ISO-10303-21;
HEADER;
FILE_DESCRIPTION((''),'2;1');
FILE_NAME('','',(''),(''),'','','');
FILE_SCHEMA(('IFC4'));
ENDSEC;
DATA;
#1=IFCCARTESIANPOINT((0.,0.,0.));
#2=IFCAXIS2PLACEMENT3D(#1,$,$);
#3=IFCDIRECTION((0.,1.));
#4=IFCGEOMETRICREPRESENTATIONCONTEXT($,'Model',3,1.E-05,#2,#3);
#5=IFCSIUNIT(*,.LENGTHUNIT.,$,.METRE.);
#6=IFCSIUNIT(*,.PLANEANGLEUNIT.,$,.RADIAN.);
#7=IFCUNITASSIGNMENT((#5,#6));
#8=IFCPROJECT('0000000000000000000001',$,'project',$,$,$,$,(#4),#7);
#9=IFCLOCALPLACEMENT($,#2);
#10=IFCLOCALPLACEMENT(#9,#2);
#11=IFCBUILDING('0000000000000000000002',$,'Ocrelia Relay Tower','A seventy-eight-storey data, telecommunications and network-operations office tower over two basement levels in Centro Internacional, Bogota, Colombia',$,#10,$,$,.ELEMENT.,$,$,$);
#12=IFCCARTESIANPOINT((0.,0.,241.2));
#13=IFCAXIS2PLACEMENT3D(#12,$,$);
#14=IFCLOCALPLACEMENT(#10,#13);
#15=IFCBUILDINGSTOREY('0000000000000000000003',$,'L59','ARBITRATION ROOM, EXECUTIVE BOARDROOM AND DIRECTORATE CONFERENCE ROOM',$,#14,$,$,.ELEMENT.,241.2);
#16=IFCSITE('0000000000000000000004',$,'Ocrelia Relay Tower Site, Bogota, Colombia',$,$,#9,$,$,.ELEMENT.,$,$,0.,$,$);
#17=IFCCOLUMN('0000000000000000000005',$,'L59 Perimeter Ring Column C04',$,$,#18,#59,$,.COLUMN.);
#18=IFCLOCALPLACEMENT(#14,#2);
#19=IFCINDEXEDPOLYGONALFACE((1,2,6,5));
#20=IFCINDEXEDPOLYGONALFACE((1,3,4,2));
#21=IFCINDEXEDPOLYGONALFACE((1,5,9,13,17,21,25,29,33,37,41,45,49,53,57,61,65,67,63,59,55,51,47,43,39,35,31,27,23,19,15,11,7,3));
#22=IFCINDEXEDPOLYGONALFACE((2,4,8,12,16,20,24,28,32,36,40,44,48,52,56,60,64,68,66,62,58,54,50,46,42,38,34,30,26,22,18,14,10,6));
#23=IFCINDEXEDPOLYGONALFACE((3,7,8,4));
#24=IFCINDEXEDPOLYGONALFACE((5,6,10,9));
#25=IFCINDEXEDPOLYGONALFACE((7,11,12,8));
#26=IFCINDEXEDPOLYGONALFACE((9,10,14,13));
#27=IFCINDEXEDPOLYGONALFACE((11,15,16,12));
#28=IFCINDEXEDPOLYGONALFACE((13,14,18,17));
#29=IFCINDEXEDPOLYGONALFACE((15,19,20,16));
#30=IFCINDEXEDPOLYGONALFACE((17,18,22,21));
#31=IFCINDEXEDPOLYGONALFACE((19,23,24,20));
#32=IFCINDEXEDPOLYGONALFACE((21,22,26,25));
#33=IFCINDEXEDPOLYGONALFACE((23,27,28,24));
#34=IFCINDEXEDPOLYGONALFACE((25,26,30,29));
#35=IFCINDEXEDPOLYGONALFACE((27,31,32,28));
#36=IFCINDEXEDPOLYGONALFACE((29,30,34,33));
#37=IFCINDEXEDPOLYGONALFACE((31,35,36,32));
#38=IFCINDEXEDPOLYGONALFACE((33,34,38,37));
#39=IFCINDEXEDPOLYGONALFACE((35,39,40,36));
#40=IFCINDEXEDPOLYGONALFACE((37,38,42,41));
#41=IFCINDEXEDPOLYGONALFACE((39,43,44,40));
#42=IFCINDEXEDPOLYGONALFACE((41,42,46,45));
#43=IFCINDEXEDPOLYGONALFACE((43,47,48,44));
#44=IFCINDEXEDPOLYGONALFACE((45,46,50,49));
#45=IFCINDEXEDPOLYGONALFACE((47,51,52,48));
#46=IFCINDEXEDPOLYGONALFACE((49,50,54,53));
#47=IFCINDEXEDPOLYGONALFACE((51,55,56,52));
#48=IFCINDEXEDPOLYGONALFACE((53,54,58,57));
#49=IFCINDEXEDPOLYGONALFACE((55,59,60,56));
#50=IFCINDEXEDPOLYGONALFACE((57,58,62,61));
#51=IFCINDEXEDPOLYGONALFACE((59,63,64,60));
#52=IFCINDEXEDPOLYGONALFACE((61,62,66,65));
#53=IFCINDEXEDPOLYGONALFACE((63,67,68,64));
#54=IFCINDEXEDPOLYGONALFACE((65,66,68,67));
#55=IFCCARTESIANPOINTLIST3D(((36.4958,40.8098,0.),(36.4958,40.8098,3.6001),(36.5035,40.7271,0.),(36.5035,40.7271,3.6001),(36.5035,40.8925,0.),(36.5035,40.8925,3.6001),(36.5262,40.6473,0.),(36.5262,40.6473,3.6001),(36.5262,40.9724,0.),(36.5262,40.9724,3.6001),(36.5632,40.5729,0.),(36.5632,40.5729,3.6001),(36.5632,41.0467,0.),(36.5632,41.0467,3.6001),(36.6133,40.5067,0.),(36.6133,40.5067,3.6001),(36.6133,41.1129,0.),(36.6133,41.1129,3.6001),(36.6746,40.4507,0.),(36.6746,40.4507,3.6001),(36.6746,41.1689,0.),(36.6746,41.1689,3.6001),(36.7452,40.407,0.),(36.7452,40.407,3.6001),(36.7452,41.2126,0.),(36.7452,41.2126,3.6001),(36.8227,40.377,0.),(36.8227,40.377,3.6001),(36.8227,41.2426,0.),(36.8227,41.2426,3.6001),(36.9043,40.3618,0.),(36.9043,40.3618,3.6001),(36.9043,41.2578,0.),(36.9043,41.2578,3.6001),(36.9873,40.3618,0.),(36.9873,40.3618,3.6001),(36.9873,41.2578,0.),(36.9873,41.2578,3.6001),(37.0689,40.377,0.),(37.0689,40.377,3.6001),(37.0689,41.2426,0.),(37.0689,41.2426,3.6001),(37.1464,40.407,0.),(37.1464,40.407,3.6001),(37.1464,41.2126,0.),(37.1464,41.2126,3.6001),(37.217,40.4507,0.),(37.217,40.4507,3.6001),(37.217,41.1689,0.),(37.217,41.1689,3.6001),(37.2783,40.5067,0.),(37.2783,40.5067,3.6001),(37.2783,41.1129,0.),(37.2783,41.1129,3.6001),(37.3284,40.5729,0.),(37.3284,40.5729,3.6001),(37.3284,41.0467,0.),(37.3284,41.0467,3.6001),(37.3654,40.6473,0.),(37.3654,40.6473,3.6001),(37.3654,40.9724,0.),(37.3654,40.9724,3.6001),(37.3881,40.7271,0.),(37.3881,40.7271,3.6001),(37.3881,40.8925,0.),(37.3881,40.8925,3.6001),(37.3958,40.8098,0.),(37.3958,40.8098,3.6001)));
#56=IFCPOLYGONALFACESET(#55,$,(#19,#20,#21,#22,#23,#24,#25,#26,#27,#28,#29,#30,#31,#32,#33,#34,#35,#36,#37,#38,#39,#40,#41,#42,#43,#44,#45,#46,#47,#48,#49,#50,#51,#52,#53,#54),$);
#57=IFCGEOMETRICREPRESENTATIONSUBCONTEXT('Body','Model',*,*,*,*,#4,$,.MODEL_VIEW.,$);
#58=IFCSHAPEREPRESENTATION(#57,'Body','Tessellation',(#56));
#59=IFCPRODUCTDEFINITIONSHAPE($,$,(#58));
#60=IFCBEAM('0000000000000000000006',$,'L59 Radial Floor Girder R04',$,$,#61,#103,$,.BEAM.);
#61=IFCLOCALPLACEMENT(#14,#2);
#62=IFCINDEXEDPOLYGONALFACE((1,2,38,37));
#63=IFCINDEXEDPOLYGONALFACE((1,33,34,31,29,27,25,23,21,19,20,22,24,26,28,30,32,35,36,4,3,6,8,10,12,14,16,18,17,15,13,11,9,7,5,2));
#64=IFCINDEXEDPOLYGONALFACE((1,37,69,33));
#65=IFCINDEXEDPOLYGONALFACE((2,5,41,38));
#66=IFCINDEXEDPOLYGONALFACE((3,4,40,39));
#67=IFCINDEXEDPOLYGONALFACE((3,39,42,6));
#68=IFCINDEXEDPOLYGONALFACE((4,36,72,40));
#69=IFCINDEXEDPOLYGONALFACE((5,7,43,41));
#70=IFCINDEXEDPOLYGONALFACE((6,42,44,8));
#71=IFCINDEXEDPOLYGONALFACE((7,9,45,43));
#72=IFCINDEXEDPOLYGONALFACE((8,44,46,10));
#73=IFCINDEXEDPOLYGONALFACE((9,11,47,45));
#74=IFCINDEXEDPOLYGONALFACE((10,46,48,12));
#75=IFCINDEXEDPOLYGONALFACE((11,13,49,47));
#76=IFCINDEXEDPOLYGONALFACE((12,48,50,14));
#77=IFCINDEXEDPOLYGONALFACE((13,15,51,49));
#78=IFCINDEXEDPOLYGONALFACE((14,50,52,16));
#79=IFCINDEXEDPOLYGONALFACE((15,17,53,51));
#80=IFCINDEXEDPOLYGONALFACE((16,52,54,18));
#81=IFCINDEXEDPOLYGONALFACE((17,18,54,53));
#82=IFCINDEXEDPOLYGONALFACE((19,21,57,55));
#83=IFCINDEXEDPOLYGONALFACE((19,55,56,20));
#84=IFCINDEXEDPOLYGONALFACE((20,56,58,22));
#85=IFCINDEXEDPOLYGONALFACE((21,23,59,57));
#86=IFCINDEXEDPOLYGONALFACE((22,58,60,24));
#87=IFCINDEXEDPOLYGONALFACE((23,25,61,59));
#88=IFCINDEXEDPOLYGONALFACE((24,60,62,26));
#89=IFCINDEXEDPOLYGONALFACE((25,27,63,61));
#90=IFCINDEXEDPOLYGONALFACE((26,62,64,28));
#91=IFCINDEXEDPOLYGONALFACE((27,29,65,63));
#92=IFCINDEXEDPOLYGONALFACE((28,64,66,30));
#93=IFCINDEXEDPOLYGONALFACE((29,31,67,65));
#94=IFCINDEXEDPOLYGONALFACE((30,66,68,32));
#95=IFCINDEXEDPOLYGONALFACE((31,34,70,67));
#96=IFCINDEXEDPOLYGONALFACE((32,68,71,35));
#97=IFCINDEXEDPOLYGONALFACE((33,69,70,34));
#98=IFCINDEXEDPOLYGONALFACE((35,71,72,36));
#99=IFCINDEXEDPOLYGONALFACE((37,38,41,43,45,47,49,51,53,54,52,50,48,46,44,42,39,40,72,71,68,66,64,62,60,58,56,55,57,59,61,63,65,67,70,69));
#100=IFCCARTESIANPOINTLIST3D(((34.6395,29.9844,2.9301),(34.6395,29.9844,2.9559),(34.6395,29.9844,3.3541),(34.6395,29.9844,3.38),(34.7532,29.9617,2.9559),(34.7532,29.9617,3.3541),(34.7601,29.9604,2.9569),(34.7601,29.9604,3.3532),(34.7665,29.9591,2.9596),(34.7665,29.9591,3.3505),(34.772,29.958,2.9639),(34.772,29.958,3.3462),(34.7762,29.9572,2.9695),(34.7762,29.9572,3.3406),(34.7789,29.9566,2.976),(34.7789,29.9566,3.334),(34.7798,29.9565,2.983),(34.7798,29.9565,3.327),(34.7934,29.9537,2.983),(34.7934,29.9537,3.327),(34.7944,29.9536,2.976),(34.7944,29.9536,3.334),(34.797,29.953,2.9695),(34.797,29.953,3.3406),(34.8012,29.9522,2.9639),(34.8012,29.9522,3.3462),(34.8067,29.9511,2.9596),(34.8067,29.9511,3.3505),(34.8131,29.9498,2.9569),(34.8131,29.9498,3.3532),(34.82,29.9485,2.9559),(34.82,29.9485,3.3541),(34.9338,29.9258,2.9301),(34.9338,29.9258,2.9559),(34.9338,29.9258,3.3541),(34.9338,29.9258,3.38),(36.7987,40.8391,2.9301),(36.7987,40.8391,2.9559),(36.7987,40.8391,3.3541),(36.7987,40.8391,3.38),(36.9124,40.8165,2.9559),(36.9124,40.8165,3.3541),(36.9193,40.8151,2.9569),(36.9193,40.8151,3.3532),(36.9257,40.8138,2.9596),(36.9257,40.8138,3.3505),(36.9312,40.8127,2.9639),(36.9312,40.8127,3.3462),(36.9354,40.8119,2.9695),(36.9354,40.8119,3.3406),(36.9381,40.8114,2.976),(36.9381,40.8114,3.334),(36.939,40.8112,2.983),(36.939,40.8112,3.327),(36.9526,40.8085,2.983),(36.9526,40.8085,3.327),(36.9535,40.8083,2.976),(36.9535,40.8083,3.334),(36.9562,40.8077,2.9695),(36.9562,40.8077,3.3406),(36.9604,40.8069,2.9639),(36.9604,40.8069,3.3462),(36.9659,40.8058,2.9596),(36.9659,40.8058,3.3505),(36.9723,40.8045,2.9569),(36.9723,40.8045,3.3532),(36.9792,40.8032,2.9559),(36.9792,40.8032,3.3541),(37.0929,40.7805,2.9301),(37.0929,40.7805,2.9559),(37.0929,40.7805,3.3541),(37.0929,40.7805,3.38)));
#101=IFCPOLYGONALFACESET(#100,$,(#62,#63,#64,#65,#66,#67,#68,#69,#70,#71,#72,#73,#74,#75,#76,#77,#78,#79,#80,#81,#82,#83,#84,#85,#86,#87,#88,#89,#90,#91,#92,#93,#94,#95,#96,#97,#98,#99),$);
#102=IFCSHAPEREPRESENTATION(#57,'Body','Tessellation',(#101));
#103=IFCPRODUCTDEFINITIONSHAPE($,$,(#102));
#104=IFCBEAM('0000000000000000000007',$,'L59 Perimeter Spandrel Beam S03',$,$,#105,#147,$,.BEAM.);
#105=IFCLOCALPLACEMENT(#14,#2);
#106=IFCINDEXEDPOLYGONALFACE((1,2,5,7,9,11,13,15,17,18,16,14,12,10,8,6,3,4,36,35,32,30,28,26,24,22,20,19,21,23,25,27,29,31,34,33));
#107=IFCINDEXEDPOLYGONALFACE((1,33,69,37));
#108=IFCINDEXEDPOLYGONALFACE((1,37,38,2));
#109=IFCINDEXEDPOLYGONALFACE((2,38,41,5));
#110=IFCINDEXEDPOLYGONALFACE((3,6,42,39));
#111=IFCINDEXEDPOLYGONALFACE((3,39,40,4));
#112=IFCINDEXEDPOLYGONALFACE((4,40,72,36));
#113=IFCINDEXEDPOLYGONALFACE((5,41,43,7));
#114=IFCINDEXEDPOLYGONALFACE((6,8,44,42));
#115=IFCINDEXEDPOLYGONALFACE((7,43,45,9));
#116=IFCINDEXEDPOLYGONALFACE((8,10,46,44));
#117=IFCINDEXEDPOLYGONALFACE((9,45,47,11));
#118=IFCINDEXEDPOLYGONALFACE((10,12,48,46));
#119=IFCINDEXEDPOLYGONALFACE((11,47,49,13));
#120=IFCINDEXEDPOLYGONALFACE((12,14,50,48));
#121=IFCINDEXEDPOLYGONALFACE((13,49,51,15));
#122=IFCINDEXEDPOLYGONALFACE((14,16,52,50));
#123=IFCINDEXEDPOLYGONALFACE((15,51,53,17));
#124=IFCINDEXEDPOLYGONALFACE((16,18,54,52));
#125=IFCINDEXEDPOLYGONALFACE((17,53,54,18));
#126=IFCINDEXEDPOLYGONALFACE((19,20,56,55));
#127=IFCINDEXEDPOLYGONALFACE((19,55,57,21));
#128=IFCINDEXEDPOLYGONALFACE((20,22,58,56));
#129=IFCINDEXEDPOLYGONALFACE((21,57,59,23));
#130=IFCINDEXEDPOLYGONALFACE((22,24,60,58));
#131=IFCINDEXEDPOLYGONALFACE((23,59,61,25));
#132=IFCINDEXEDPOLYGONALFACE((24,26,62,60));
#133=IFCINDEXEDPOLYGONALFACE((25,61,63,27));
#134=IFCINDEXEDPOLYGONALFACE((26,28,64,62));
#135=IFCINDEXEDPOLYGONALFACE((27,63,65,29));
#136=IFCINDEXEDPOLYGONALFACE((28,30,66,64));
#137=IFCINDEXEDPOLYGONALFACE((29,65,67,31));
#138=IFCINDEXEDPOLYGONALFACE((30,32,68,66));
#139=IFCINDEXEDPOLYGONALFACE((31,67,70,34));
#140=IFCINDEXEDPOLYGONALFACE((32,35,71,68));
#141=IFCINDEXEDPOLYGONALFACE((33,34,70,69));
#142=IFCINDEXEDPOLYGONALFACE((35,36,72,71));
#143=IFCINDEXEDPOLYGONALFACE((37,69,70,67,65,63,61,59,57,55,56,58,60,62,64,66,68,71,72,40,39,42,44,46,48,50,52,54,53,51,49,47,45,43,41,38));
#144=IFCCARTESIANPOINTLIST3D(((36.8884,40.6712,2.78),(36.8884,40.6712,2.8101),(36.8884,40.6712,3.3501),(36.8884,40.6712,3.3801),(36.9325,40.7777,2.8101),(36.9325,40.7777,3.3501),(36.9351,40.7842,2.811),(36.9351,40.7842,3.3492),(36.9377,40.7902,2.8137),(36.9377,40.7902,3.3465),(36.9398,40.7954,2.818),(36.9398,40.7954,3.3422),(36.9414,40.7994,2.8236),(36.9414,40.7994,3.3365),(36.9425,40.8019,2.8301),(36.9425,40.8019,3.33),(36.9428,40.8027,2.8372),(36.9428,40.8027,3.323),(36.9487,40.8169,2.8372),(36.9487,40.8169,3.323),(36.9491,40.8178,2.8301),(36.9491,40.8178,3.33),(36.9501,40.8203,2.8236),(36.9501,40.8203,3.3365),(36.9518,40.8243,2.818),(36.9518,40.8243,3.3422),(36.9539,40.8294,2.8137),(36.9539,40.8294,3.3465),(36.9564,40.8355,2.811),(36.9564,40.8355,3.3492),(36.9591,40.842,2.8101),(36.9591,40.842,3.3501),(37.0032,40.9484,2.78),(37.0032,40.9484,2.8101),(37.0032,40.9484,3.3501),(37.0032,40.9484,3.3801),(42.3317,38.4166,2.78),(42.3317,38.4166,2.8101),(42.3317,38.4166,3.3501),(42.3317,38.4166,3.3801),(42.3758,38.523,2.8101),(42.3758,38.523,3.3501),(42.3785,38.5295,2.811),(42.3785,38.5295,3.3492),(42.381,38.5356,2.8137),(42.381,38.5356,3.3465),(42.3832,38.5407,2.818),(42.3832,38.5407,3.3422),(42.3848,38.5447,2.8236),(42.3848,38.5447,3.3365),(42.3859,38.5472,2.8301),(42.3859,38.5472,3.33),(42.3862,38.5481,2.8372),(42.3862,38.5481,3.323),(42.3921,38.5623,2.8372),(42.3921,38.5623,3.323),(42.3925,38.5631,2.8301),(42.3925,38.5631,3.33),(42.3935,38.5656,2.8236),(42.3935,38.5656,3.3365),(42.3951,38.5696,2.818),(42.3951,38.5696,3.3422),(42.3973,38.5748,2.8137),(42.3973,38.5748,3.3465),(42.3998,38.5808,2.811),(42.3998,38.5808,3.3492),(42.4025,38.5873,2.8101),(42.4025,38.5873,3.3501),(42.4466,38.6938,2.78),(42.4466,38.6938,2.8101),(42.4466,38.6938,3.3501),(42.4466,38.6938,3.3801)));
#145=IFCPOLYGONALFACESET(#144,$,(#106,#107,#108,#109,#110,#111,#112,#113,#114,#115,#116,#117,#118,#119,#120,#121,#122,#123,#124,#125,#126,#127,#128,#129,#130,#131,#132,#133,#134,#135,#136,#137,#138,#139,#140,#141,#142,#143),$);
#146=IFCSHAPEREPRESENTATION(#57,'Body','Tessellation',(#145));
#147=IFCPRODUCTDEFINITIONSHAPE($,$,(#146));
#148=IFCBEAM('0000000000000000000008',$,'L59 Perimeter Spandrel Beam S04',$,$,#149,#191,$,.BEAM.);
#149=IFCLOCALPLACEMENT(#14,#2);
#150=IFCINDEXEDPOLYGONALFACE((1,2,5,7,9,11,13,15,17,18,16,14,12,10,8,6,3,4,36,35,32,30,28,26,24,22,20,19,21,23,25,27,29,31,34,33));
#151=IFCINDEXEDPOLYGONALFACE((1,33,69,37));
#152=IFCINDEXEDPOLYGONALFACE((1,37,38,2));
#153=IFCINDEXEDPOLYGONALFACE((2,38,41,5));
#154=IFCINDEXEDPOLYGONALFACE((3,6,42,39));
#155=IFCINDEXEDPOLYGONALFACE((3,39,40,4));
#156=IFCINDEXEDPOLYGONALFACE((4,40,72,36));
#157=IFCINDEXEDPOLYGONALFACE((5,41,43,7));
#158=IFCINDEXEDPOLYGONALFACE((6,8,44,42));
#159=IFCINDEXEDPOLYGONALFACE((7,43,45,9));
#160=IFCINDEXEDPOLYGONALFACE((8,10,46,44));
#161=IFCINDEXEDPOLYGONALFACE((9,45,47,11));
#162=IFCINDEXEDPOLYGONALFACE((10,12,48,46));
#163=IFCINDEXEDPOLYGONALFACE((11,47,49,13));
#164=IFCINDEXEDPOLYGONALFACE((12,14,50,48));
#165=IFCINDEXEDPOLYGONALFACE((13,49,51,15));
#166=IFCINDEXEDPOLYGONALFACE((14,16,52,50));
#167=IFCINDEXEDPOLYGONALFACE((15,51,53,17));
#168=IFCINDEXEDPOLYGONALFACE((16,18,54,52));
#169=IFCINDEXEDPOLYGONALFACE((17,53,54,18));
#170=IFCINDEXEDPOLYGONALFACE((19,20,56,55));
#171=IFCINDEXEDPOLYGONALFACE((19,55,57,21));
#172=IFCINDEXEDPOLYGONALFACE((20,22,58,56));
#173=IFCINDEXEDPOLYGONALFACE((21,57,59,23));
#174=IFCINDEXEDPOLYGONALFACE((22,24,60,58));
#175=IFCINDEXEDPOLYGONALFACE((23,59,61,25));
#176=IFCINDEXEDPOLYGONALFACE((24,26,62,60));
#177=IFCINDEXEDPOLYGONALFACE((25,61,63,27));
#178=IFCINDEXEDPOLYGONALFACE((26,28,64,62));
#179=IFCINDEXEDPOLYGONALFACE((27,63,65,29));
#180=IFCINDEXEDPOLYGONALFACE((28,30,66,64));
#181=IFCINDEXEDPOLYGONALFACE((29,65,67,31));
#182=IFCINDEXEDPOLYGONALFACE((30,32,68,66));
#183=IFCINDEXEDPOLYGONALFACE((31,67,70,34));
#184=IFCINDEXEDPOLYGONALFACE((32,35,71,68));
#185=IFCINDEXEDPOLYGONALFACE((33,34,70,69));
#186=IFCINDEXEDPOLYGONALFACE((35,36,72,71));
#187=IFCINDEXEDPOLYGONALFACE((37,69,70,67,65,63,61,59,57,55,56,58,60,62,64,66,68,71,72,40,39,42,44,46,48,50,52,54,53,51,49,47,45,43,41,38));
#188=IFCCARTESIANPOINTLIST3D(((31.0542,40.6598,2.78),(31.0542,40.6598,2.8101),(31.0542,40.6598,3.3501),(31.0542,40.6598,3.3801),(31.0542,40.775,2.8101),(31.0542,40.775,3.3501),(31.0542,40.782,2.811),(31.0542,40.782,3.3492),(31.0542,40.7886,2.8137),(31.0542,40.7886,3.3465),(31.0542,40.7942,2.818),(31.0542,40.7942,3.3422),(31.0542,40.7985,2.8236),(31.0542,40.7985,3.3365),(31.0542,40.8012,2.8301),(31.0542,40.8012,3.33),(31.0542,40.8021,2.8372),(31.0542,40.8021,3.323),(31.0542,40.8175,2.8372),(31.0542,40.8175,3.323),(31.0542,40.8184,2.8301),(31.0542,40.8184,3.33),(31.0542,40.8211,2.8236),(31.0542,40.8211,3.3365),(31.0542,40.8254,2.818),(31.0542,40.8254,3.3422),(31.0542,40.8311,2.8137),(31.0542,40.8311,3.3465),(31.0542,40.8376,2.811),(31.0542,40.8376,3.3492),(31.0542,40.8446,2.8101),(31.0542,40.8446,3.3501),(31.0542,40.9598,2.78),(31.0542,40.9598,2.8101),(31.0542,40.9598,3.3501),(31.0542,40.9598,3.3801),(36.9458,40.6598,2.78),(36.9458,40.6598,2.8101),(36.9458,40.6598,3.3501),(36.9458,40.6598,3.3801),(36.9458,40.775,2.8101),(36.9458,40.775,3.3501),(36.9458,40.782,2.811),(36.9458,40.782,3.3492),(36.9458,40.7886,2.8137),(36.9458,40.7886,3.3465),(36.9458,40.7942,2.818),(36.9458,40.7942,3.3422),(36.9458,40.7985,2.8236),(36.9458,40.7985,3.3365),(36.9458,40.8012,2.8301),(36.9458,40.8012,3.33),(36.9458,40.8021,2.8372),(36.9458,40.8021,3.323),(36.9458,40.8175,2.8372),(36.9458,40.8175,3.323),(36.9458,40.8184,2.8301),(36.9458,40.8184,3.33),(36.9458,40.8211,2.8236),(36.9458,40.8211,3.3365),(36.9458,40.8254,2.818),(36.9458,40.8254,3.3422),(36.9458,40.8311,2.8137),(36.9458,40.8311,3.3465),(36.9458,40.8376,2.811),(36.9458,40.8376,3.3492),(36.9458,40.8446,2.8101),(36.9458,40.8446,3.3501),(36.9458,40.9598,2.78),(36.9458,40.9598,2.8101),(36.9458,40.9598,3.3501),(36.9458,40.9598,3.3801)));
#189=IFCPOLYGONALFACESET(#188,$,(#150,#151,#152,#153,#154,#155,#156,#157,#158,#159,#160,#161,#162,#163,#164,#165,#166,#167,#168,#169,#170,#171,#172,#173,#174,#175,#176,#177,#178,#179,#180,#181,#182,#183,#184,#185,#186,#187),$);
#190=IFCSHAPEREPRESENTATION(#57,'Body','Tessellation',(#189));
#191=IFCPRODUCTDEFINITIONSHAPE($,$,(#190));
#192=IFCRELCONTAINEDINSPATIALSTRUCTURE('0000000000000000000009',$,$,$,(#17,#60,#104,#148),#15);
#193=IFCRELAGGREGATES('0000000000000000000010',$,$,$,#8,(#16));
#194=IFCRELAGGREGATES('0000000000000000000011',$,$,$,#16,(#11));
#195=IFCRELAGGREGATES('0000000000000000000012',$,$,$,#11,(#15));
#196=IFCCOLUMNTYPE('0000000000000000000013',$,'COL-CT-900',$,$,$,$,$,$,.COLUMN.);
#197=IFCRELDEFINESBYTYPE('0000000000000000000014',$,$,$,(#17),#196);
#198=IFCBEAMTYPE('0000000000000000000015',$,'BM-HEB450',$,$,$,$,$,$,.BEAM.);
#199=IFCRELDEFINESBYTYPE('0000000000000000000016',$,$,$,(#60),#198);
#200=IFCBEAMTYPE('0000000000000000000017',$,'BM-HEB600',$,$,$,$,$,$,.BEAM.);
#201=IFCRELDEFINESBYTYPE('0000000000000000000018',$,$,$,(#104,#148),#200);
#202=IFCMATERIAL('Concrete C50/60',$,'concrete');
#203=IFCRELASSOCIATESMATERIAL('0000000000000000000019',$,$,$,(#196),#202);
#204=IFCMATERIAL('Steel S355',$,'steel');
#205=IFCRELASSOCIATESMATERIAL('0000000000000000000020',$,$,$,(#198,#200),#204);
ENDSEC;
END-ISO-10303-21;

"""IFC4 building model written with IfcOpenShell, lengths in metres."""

from ifc_helpers import new_model, si_unit, direction, frame, origin, origin_2d, place, context, subcontext, project, spatial, circle, i_section, extrude, material, material_profile, profile_set, type_object, element, save


model = new_model("IFC4")

# Units and contexts
model_context = context("Model", 3, precision=1e-05, world=origin(), true_north=direction((0.0, 1.0)))
body_context = subcontext(model_context, "Body", "Model", "MODEL_VIEW")
ifc_project = project(units=[si_unit("LENGTHUNIT", "METRE"), si_unit("PLANEANGLEUNIT", "RADIAN")], contexts=[model_context])

# Site, building, storey
site_placement = place(None, origin())
site = spatial("IfcSite", under=ifc_project, at=site_placement, Name="Ocrelia Relay Tower Site, Bogota, Colombia", CompositionType="ELEMENT", RefElevation=0.0)
building_placement = place(site_placement, origin())
building = spatial("IfcBuilding", under=site, at=building_placement, Name="Ocrelia Relay Tower", Description="A seventy-eight-storey data, telecommunications and network-operations office tower over two basement levels in Centro Internacional, Bogota, Colombia", CompositionType="ELEMENT")
storey_placement = place(building_placement, frame((0.0, 0.0, 241.2)))
storey = spatial("IfcBuildingStorey", under=building, at=storey_placement, Name="L59", Description="ARBITRATION ROOM, EXECUTIVE BOARDROOM AND DIRECTORATE CONFERENCE ROOM", CompositionType="ELEMENT", Elevation=241.2)

# Column
ifc_material_1 = material(Name="Concrete C50/60", Category="concrete")
ifc_material_profile_1 = material_profile(ifc_material_1, circle(Radius=0.45, at=origin_2d()), Name="RC-CIR-900")
ifc_profile_set_1 = profile_set([ifc_material_profile_1], Name="Concrete C50/60")
column_type = type_object("IfcColumnType", Name="COL-CT-900", PredefinedType="COLUMN", material=ifc_profile_set_1)
column_placement = place(storey_placement, frame((36.9458, 40.8098, 0.0), z_axis=(0.0, 0.0, 1.0), x_axis=(1.0, 0.0, 0.0)))
element("IfcColumn", 1, at=column_placement, inside=storey, type_object=column_type, Name="L59 Perimeter Ring Column C04", PredefinedType="COLUMN", context=body_context, shape_type="SweptSolid", body=[
    extrude(circle(Radius=0.45, at=origin_2d()), origin(), (0.0, 0.0, 1.0), 3.6001),
])

# Beams
ifc_material_2 = material(Name="Steel S355", Category="steel")
ifc_material_profile_2 = material_profile(ifc_material_2, i_section(OverallWidth=0.3, OverallDepth=0.45, WebThickness=0.0139, FlangeThickness=0.0259, FilletRadius=0.0271, at=origin_2d()), Name="HEB 450")
ifc_profile_set_2 = profile_set([ifc_material_profile_2], Name="Steel S355")
beam_type_1 = type_object("IfcBeamType", Name="BM-HEB450", PredefinedType="BEAM", material=ifc_profile_set_2)
beam_1_placement = place(storey_placement, frame((36.9458, 40.8098, 3.155), z_axis=(-0.195094, -0.980785, 0.0), x_axis=(0.980785, -0.195094, 0.0)))
element("IfcBeam", 2, at=beam_1_placement, inside=storey, type_object=beam_type_1, Name="L59 Radial Floor Girder R04", PredefinedType="BEAM", context=body_context, shape_type="SweptSolid", body=[
    extrude(i_section(OverallWidth=0.3, OverallDepth=0.45, WebThickness=0.0139, FlangeThickness=0.0259, FilletRadius=0.0271, at=origin_2d()), origin(), (0.0, 0.0, 1.0), 11.0674),
])
ifc_material_profile_3 = material_profile(ifc_material_2, i_section(OverallWidth=0.3, OverallDepth=0.6001, WebThickness=0.0154, FlangeThickness=0.03, FilletRadius=0.0271, at=origin_2d()), Name="HEB 600")
ifc_profile_set_3 = profile_set([ifc_material_profile_3], Name="Steel S355")
beam_type_2 = type_object("IfcBeamType", Name="BM-HEB600", PredefinedType="BEAM", material=ifc_profile_set_3)
beam_2_placement = place(storey_placement, frame((42.3892, 38.5552, 3.0801), z_axis=(-0.923884, 0.382673, 0.0), x_axis=(-0.382673, -0.923884, 0.0)))
element("IfcBeam", 3, at=beam_2_placement, inside=storey, type_object=beam_type_2, Name="L59 Perimeter Spandrel Beam S03", PredefinedType="BEAM", context=body_context, shape_type="SweptSolid", body=[
    extrude(i_section(OverallWidth=0.3, OverallDepth=0.6001, WebThickness=0.0154, FlangeThickness=0.03, FilletRadius=0.0271, at=origin_2d()), origin(), (0.0, 0.0, 1.0), 5.8918),
])
beam_3_placement = place(storey_placement, frame((36.9458, 40.8098, 3.0801), z_axis=(-1.0, 0.0, 0.0), x_axis=(0.0, -1.0, 0.0)))
element("IfcBeam", 4, at=beam_3_placement, inside=storey, type_object=beam_type_2, Name="L59 Perimeter Spandrel Beam S04", PredefinedType="BEAM", context=body_context, shape_type="SweptSolid", body=[
    extrude(i_section(OverallWidth=0.3, OverallDepth=0.6001, WebThickness=0.0154, FlangeThickness=0.03, FilletRadius=0.0271, at=origin_2d()), origin(), (0.0, 0.0, 1.0), 5.8916),
])

save(model, "model.ifc")
